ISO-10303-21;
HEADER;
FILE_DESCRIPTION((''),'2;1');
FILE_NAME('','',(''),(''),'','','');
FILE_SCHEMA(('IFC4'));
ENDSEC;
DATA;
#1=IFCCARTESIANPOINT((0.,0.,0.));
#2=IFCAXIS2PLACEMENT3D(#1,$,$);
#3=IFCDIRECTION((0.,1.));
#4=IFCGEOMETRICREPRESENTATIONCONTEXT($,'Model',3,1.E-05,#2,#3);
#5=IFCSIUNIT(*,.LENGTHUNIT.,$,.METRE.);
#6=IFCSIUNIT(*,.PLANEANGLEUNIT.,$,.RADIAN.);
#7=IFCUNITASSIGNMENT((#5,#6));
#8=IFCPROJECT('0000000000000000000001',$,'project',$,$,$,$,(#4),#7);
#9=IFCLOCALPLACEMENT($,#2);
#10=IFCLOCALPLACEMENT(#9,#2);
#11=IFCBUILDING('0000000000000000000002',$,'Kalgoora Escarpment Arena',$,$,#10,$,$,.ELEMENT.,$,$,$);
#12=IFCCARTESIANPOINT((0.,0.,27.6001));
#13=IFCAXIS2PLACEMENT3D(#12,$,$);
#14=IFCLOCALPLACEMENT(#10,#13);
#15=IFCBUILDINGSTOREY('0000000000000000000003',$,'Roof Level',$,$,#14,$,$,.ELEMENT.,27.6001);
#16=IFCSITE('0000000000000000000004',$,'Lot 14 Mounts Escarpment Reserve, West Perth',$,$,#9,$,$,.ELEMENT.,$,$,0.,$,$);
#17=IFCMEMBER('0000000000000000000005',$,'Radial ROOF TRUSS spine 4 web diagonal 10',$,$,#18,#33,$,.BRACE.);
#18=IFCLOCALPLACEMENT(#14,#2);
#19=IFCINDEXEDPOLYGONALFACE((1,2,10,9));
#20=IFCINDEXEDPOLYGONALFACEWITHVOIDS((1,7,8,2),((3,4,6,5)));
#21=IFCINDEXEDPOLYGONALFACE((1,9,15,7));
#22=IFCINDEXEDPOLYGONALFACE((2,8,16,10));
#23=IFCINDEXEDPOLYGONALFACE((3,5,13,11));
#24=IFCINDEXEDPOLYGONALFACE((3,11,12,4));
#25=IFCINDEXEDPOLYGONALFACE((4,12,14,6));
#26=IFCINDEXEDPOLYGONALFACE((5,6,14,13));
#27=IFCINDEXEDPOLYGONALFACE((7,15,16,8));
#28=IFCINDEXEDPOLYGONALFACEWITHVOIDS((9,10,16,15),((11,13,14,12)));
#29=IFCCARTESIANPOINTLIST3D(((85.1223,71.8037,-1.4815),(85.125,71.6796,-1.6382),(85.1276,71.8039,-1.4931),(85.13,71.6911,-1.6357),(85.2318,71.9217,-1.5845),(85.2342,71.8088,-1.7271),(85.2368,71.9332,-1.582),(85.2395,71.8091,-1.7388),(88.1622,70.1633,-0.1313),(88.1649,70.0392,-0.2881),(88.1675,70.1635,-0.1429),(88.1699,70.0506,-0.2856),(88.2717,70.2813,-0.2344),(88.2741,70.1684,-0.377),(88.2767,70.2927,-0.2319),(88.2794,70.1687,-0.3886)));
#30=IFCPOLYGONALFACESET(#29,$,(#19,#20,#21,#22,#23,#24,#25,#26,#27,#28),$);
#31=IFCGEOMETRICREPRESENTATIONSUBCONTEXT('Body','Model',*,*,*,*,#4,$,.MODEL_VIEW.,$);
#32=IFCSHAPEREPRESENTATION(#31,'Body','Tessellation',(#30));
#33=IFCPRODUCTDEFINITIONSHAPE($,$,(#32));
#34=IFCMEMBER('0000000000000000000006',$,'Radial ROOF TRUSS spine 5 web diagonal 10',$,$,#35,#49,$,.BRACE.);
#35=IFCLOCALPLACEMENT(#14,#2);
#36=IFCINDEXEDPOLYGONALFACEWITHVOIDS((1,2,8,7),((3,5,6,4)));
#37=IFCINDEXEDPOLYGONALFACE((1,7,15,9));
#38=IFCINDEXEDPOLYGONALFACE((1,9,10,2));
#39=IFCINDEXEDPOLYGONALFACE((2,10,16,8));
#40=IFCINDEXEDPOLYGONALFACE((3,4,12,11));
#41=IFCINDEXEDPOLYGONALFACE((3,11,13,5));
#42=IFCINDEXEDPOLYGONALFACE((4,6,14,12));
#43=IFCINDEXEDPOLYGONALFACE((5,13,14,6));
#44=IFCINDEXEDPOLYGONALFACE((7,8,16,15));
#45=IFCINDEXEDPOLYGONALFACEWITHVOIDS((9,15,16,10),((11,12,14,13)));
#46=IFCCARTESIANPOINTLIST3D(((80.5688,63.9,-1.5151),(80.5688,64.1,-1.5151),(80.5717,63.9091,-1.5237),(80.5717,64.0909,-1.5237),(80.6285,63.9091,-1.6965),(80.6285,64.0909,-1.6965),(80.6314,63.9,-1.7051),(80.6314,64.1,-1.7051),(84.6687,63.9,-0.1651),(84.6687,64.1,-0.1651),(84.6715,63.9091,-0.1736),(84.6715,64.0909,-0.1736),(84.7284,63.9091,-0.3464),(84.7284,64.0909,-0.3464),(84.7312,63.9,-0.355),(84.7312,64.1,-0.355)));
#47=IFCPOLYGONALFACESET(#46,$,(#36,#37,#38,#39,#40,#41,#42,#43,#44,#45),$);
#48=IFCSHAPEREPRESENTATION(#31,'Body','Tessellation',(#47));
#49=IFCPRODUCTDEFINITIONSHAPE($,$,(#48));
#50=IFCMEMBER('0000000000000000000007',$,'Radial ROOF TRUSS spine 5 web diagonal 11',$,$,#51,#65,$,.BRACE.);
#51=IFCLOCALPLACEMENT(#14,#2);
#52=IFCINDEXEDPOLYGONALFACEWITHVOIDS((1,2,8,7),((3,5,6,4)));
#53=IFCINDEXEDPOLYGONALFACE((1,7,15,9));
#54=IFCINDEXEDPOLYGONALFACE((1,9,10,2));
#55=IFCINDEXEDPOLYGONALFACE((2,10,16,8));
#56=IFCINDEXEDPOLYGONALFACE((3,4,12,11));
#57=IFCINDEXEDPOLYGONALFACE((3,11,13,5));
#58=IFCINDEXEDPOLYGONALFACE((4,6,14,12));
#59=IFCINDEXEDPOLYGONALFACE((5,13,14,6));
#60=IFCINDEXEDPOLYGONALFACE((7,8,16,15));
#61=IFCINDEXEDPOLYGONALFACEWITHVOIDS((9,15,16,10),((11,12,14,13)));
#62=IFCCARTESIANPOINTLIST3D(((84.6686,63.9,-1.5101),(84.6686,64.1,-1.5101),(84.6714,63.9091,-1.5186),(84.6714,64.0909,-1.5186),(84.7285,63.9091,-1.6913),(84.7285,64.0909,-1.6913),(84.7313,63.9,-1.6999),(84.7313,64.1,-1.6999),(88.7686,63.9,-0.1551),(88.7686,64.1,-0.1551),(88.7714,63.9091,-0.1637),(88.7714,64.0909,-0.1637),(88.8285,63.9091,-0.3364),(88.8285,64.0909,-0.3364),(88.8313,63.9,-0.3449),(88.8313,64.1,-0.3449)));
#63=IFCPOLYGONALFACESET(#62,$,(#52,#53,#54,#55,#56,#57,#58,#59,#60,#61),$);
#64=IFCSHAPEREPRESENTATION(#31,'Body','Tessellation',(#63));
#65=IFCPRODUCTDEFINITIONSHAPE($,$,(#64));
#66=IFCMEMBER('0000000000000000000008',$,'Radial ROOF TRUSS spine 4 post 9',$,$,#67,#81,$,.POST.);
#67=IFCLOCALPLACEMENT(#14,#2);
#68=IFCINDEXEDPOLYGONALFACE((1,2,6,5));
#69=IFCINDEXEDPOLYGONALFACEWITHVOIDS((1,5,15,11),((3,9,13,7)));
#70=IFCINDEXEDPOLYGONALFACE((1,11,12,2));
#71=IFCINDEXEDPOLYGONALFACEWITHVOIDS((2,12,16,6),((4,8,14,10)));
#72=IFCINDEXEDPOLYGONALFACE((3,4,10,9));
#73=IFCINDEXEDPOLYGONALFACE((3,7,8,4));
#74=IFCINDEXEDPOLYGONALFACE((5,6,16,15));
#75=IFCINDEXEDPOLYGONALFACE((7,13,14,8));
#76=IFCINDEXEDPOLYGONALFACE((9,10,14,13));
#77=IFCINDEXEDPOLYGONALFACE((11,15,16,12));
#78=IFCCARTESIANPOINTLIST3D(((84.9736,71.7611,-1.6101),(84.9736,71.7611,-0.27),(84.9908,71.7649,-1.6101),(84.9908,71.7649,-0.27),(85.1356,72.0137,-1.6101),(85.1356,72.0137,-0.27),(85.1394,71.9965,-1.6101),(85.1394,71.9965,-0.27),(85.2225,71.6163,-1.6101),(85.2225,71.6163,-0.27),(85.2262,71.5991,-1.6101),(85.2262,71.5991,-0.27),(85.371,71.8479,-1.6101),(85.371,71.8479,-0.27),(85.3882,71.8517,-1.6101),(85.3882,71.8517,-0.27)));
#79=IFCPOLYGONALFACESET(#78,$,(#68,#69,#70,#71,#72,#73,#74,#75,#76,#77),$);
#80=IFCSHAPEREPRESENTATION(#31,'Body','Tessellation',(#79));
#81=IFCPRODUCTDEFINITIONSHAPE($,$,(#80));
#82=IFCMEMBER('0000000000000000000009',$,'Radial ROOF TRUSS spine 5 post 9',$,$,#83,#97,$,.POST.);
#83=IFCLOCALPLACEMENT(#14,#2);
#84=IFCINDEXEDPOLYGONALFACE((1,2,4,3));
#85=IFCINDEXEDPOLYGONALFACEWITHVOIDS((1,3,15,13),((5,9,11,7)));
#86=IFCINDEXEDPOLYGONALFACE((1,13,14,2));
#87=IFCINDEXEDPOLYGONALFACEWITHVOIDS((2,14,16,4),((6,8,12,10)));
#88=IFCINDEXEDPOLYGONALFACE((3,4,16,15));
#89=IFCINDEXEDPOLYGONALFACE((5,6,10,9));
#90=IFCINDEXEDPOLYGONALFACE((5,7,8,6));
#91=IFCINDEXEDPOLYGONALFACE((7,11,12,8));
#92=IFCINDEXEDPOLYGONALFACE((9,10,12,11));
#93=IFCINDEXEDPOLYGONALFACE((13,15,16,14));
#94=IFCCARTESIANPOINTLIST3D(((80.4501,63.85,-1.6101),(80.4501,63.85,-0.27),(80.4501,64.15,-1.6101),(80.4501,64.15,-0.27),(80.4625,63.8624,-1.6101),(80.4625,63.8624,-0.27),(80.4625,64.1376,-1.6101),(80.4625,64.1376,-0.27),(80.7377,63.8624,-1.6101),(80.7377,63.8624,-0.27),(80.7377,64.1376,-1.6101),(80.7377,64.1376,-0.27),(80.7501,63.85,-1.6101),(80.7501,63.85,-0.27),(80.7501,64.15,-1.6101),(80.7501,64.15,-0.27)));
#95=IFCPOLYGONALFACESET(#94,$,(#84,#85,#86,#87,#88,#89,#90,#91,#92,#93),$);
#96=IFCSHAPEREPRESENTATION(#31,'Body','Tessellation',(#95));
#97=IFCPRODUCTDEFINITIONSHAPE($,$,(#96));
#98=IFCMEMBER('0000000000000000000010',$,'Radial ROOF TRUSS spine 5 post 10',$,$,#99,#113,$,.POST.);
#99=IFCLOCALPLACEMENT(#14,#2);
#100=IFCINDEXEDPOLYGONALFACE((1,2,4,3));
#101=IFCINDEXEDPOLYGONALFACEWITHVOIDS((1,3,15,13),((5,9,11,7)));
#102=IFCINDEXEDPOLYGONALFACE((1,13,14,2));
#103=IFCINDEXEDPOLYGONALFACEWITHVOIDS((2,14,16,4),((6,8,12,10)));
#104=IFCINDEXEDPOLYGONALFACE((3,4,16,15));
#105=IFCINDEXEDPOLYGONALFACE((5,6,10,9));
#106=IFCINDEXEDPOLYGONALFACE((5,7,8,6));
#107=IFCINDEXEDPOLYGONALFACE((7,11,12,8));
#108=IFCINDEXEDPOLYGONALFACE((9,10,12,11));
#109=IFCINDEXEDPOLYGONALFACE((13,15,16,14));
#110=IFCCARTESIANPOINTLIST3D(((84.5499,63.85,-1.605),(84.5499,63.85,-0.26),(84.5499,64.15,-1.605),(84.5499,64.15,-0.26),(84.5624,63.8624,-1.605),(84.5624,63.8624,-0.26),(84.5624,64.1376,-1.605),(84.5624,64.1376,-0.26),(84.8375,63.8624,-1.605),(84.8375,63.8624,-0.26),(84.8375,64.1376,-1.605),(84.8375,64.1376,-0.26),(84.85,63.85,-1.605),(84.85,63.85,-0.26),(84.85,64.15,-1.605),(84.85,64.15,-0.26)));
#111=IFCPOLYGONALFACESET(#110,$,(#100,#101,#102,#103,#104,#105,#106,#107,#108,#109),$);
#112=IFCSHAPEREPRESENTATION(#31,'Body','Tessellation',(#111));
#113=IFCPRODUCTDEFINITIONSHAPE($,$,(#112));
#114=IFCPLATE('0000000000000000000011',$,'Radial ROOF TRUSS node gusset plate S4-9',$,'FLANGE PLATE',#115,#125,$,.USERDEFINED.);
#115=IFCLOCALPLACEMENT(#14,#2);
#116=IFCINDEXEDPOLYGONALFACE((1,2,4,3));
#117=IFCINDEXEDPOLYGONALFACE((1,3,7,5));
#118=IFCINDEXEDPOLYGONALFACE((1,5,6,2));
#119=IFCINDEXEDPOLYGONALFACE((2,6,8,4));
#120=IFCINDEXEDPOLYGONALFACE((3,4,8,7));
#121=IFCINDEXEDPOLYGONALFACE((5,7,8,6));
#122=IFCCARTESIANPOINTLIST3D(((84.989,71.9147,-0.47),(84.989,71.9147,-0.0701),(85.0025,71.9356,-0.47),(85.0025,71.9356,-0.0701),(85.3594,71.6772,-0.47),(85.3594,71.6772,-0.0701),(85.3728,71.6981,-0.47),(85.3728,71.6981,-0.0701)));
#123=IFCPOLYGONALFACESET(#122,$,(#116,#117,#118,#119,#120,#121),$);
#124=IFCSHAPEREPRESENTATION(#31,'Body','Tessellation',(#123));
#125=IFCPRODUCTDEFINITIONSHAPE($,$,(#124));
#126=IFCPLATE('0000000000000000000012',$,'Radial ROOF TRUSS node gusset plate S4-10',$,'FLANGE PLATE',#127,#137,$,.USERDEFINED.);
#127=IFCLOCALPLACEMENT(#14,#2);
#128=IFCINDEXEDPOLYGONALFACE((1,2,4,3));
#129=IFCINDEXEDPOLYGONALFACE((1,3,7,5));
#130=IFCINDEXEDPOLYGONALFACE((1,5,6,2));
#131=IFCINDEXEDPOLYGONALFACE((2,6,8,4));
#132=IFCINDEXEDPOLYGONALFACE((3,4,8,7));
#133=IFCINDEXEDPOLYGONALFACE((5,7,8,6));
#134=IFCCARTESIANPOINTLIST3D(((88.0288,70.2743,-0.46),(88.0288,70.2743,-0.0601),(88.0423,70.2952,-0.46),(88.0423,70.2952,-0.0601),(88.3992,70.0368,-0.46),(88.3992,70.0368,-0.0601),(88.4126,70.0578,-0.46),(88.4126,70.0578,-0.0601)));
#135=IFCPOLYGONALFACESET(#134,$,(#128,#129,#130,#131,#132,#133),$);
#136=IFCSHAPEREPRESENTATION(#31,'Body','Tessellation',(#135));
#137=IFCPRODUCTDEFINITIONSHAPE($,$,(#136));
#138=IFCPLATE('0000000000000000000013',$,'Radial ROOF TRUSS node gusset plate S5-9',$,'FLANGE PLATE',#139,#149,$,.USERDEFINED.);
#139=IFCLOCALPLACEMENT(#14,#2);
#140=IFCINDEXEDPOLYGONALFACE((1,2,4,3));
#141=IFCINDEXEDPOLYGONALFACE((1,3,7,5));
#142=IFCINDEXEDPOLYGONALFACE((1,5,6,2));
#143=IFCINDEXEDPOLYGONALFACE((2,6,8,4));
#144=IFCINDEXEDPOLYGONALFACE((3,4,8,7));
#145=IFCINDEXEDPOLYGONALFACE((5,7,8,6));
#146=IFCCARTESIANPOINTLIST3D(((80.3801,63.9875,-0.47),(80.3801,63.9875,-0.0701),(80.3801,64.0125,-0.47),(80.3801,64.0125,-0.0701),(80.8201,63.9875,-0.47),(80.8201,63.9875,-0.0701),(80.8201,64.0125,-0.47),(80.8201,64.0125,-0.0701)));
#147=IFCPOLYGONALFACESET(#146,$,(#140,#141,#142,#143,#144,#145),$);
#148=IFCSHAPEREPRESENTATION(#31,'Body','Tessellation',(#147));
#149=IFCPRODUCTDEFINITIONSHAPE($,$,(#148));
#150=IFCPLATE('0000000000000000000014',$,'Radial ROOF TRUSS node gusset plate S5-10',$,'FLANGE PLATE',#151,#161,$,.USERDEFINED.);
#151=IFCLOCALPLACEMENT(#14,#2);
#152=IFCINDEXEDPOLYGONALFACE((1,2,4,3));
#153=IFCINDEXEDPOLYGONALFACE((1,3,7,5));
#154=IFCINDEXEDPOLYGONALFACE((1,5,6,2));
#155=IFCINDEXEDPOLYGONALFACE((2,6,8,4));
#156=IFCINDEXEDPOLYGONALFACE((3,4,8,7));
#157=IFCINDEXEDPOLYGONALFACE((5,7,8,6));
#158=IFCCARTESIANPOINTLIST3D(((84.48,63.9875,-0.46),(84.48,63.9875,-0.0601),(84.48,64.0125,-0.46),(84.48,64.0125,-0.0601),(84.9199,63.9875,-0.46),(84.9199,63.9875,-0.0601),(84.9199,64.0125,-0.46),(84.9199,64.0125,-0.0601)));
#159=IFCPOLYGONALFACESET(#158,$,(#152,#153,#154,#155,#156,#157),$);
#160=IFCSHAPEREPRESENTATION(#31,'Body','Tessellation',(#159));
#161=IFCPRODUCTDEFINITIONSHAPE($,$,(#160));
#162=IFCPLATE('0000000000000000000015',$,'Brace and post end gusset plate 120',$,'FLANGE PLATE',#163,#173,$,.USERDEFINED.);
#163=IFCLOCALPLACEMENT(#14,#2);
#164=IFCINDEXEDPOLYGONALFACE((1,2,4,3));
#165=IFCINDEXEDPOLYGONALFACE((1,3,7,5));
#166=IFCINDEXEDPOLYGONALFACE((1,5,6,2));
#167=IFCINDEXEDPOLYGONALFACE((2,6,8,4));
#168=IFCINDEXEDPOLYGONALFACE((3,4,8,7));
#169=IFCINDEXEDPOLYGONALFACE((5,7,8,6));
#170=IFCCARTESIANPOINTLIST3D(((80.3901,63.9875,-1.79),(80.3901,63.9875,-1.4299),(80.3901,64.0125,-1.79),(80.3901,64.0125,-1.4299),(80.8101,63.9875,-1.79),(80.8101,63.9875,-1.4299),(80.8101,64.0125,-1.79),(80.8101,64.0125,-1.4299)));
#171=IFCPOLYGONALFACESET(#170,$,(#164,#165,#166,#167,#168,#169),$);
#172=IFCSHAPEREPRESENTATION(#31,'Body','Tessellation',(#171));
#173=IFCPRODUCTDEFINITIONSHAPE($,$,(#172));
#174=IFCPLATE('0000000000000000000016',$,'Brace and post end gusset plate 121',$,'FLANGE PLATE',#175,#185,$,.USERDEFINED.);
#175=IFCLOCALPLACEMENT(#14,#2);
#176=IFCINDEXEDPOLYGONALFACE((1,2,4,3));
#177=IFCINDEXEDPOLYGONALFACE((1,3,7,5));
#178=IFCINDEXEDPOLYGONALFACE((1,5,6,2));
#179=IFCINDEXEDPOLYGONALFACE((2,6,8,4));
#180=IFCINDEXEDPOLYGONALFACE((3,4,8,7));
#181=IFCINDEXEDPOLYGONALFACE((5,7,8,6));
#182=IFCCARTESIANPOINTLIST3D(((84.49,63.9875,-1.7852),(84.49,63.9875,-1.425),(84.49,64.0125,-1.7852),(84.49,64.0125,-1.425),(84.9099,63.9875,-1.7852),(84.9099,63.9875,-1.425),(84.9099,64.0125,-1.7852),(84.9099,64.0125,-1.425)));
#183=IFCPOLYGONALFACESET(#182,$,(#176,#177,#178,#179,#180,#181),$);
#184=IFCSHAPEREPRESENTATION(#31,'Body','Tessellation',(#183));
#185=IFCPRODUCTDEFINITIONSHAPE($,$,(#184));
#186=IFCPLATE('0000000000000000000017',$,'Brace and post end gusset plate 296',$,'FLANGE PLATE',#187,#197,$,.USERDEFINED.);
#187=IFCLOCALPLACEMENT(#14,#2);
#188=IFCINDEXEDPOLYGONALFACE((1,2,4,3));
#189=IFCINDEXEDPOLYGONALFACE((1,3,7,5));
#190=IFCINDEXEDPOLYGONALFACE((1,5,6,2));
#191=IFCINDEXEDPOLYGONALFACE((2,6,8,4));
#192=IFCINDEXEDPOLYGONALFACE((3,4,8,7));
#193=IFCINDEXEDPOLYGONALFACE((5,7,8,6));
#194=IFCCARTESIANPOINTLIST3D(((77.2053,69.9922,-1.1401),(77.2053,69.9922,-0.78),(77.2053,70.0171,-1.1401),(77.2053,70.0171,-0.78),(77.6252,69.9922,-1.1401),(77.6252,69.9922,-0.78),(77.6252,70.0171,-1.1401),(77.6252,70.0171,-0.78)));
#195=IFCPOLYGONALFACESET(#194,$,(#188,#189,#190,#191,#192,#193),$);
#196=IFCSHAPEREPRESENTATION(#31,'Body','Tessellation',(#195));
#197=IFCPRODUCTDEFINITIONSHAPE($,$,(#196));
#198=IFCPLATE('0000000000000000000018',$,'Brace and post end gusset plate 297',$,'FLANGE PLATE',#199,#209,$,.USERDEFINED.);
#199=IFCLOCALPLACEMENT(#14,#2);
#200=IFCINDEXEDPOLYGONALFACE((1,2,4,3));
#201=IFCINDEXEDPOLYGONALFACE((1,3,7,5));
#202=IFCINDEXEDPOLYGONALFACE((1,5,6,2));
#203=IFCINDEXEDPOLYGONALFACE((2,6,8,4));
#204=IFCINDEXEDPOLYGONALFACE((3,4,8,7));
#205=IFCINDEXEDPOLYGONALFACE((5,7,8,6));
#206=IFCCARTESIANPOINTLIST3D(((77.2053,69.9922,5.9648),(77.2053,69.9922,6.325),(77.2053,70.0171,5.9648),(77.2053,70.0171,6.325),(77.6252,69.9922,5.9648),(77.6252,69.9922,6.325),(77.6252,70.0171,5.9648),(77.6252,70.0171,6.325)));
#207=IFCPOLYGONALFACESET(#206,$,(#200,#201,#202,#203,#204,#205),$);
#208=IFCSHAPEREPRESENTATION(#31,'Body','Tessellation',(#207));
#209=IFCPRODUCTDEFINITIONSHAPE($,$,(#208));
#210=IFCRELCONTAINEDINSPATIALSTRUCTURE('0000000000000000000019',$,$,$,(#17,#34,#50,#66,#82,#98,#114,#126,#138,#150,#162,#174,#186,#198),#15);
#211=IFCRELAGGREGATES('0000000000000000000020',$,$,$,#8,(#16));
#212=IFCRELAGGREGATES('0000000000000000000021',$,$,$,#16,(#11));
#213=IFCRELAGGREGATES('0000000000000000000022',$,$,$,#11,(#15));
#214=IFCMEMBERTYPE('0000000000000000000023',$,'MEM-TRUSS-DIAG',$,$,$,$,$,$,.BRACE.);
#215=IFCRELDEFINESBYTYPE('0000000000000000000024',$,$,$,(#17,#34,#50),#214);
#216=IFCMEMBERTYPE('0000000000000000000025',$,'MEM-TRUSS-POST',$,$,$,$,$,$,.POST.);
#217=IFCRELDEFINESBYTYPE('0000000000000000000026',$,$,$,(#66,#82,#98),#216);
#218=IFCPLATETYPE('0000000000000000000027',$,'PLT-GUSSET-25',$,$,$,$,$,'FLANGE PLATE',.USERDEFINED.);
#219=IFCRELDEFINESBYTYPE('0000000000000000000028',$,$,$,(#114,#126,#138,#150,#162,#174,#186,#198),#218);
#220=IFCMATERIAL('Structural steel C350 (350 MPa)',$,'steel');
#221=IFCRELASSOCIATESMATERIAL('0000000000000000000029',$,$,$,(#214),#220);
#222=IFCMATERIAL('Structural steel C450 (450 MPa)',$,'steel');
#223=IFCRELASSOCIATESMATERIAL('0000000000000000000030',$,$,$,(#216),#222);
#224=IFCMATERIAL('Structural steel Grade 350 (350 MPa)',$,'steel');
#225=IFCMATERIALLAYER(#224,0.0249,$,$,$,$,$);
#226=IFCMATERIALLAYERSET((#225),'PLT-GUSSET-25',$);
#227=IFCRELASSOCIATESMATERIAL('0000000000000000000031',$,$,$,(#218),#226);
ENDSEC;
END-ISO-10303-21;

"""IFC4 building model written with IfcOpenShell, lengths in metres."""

from ifc_helpers import new_model, si_unit, direction, frame, origin, origin_2d, place, context, subcontext, project, spatial, rectangle, hollow_rectangle, extrude, material, layer, layer_set, material_profile, profile_set, type_object, element, save


model = new_model("IFC4")

# Units and contexts
model_context = context("Model", 3, precision=1e-05, world=origin(), true_north=direction((0.0, 1.0)))
body_context = subcontext(model_context, "Body", "Model", "MODEL_VIEW")
ifc_project = project(units=[si_unit("LENGTHUNIT", "METRE"), si_unit("PLANEANGLEUNIT", "RADIAN")], contexts=[model_context])

# Site, building, storey
site_placement = place(None, origin())
site = spatial("IfcSite", under=ifc_project, at=site_placement, Name="Lot 14 Mounts Escarpment Reserve, West Perth", CompositionType="ELEMENT", RefElevation=0.0)
building_placement = place(site_placement, origin())
building = spatial("IfcBuilding", under=site, at=building_placement, Name="Kalgoora Escarpment Arena", CompositionType="ELEMENT")
storey_placement = place(building_placement, frame((0.0, 0.0, 27.6001)))
storey = spatial("IfcBuildingStorey", under=building, at=storey_placement, Name="Roof Level", CompositionType="ELEMENT", Elevation=27.6001)

# Members
ifc_material_1 = material(Name="Structural steel C350 (350 MPa)", Category="steel")
ifc_material_profile_1 = material_profile(ifc_material_1, hollow_rectangle(XDim=0.2, YDim=0.2, WallThickness=0.009, at=origin_2d()))
ifc_profile_set_1 = profile_set([ifc_material_profile_1], Name="Structural steel C350 (350 MPa)")
member_type_1 = type_object("IfcMemberType", Name="MEM-TRUSS-DIAG", PredefinedType="BRACE", material=ifc_profile_set_1)
member_1_placement = place(storey_placement, frame((85.1809, 71.8064, -1.6101), z_axis=(0.819654, -0.442314, 0.364042), x_axis=(0.572704, 0.647489, -0.50276)))
element("IfcMember", 1, at=member_1_placement, inside=storey, type_object=member_type_1, Name="Radial ROOF TRUSS spine 4 web diagonal 10", PredefinedType="BRACE", context=body_context, shape_type="SweptSolid", body=[
    extrude(hollow_rectangle(XDim=0.2, YDim=0.2, WallThickness=0.009, at=origin_2d()), origin(), (0.0, 0.0, 1.0), 3.7087),
])
member_2_placement = place(storey_placement, frame((80.6001, 64.0, -1.6101), z_axis=(0.949825, 0.0, 0.312781), x_axis=(0.0, 1.0, 0.0)))
element("IfcMember", 2, at=member_2_placement, inside=storey, type_object=member_type_1, Name="Radial ROOF TRUSS spine 5 web diagonal 10", PredefinedType="BRACE", context=body_context, shape_type="SweptSolid", body=[
    extrude(hollow_rectangle(XDim=0.2, YDim=0.2, WallThickness=0.009, at=origin_2d()), origin(), (0.0, 0.0, 1.0), 4.3164),
])
member_3_placement = place(storey_placement, frame((84.7, 64.0, -1.605), z_axis=(0.949494, 0.0, 0.313784), x_axis=(0.0, 1.0, 0.0)))
element("IfcMember", 3, at=member_3_placement, inside=storey, type_object=member_type_1, Name="Radial ROOF TRUSS spine 5 web diagonal 11", PredefinedType="BRACE", context=body_context, shape_type="SweptSolid", body=[
    extrude(hollow_rectangle(XDim=0.2, YDim=0.2, WallThickness=0.009, at=origin_2d()), origin(), (0.0, 0.0, 1.0), 4.3181),
])
ifc_material_2 = material(Name="Structural steel C450 (450 MPa)", Category="steel")
ifc_material_profile_2 = material_profile(ifc_material_2, hollow_rectangle(XDim=0.3, YDim=0.3, WallThickness=0.0125, at=origin_2d()))
ifc_profile_set_2 = profile_set([ifc_material_profile_2], Name="Structural steel C450 (450 MPa)")
member_type_2 = type_object("IfcMemberType", Name="MEM-TRUSS-POST", PredefinedType="POST", material=ifc_profile_set_2)
for number, where, z_axis, x_axis, name in (
    (4, (85.1809, 71.8064, -1.6101), (0.0, 0.0, 1.0), (0.841794, -0.5398, 0.0), "Radial ROOF TRUSS spine 4 post 9"),
    (5, (80.6001, 64.0, -1.6101), (0.0, 0.0, 1.0), (1.0, 0.0, 0.0), "Radial ROOF TRUSS spine 5 post 9"),
):
    element("IfcMember", number, at=place(storey_placement, frame(where, z_axis=z_axis, x_axis=x_axis)), inside=storey, type_object=member_type_2, Name=name, PredefinedType="POST", context=body_context, shape_type="SweptSolid", body=[
        extrude(hollow_rectangle(XDim=0.3, YDim=0.3, WallThickness=0.0125, at=origin_2d()), origin(), (0.0, 0.0, 1.0), 1.3401),
    ])
member_4_placement = place(storey_placement, frame((84.7, 64.0, -1.605), z_axis=(0.0, 0.0, 1.0), x_axis=(1.0, 0.0, 0.0)))
element("IfcMember", 6, at=member_4_placement, inside=storey, type_object=member_type_2, Name="Radial ROOF TRUSS spine 5 post 10", PredefinedType="POST", context=body_context, shape_type="SweptSolid", body=[
    extrude(hollow_rectangle(XDim=0.3, YDim=0.3, WallThickness=0.0125, at=origin_2d()), origin(), (0.0, 0.0, 1.0), 1.345),
])

# Plates
ifc_material_3 = material(Name="Structural steel Grade 350 (350 MPa)", Category="steel")
ifc_layer_1 = layer(ifc_material_3, 0.0249)
ifc_layer_set_1 = layer_set([ifc_layer_1], Name="PLT-GUSSET-25")
plate_type = type_object("IfcPlateType", Name="PLT-GUSSET-25", ElementType="FLANGE PLATE", PredefinedType="USERDEFINED", material=ifc_layer_set_1)
for number, where, z_axis, x_axis, name in (
    (7, (85.1809, 71.8064, -0.47), (0.0, 0.0, 1.0), (0.841794, -0.5398, 0.0), "Radial ROOF TRUSS node gusset plate S4-9"),
    (8, (88.2207, 70.166, -0.46), (0.0, 0.0, 1.0), (0.841794, -0.5398, 0.0), "Radial ROOF TRUSS node gusset plate S4-10"),
    (9, (80.6001, 64.0, -0.47), (0.0, 0.0, 1.0), (1.0, 0.0, 0.0), "Radial ROOF TRUSS node gusset plate S5-9"),
    (10, (84.7, 64.0, -0.46), (0.0, 0.0, 1.0), (1.0, 0.0, 0.0), "Radial ROOF TRUSS node gusset plate S5-10"),
):
    element("IfcPlate", number, at=place(storey_placement, frame(where, z_axis=z_axis, x_axis=x_axis)), inside=storey, type_object=plate_type, Name=name, ObjectType="FLANGE PLATE", PredefinedType="USERDEFINED", context=body_context, shape_type="SweptSolid", body=[
        extrude(rectangle(XDim=0.4399, YDim=0.0249, at=origin_2d()), origin(), (0.0, 0.0, 1.0), 0.3999),
    ])
for number, where, z_axis, x_axis, name in (
    (11, (80.6001, 64.0, -1.79), (0.0, 0.0, 1.0), (1.0, 0.0, 0.0), "Brace and post end gusset plate 120"),
    (12, (84.7, 64.0, -1.7852), (0.0, 0.0, 1.0), (1.0, 0.0, 0.0), "Brace and post end gusset plate 121"),
    (13, (77.4153, 70.0046, -1.1401), (0.0, 0.0, 1.0), (1.0, 0.0, 0.0), "Brace and post end gusset plate 296"),
    (14, (77.4153, 70.0046, 5.9648), (0.0, 0.0, 1.0), (1.0, 0.0, 0.0), "Brace and post end gusset plate 297"),
):
    element("IfcPlate", number, at=place(storey_placement, frame(where, z_axis=z_axis, x_axis=x_axis)), inside=storey, type_object=plate_type, Name=name, ObjectType="FLANGE PLATE", PredefinedType="USERDEFINED", context=body_context, shape_type="SweptSolid", body=[
        extrude(rectangle(XDim=0.4199, YDim=0.0249, at=origin_2d()), origin(), (0.0, 0.0, 1.0), 0.3601),
    ])

save(model, "model.ifc")
